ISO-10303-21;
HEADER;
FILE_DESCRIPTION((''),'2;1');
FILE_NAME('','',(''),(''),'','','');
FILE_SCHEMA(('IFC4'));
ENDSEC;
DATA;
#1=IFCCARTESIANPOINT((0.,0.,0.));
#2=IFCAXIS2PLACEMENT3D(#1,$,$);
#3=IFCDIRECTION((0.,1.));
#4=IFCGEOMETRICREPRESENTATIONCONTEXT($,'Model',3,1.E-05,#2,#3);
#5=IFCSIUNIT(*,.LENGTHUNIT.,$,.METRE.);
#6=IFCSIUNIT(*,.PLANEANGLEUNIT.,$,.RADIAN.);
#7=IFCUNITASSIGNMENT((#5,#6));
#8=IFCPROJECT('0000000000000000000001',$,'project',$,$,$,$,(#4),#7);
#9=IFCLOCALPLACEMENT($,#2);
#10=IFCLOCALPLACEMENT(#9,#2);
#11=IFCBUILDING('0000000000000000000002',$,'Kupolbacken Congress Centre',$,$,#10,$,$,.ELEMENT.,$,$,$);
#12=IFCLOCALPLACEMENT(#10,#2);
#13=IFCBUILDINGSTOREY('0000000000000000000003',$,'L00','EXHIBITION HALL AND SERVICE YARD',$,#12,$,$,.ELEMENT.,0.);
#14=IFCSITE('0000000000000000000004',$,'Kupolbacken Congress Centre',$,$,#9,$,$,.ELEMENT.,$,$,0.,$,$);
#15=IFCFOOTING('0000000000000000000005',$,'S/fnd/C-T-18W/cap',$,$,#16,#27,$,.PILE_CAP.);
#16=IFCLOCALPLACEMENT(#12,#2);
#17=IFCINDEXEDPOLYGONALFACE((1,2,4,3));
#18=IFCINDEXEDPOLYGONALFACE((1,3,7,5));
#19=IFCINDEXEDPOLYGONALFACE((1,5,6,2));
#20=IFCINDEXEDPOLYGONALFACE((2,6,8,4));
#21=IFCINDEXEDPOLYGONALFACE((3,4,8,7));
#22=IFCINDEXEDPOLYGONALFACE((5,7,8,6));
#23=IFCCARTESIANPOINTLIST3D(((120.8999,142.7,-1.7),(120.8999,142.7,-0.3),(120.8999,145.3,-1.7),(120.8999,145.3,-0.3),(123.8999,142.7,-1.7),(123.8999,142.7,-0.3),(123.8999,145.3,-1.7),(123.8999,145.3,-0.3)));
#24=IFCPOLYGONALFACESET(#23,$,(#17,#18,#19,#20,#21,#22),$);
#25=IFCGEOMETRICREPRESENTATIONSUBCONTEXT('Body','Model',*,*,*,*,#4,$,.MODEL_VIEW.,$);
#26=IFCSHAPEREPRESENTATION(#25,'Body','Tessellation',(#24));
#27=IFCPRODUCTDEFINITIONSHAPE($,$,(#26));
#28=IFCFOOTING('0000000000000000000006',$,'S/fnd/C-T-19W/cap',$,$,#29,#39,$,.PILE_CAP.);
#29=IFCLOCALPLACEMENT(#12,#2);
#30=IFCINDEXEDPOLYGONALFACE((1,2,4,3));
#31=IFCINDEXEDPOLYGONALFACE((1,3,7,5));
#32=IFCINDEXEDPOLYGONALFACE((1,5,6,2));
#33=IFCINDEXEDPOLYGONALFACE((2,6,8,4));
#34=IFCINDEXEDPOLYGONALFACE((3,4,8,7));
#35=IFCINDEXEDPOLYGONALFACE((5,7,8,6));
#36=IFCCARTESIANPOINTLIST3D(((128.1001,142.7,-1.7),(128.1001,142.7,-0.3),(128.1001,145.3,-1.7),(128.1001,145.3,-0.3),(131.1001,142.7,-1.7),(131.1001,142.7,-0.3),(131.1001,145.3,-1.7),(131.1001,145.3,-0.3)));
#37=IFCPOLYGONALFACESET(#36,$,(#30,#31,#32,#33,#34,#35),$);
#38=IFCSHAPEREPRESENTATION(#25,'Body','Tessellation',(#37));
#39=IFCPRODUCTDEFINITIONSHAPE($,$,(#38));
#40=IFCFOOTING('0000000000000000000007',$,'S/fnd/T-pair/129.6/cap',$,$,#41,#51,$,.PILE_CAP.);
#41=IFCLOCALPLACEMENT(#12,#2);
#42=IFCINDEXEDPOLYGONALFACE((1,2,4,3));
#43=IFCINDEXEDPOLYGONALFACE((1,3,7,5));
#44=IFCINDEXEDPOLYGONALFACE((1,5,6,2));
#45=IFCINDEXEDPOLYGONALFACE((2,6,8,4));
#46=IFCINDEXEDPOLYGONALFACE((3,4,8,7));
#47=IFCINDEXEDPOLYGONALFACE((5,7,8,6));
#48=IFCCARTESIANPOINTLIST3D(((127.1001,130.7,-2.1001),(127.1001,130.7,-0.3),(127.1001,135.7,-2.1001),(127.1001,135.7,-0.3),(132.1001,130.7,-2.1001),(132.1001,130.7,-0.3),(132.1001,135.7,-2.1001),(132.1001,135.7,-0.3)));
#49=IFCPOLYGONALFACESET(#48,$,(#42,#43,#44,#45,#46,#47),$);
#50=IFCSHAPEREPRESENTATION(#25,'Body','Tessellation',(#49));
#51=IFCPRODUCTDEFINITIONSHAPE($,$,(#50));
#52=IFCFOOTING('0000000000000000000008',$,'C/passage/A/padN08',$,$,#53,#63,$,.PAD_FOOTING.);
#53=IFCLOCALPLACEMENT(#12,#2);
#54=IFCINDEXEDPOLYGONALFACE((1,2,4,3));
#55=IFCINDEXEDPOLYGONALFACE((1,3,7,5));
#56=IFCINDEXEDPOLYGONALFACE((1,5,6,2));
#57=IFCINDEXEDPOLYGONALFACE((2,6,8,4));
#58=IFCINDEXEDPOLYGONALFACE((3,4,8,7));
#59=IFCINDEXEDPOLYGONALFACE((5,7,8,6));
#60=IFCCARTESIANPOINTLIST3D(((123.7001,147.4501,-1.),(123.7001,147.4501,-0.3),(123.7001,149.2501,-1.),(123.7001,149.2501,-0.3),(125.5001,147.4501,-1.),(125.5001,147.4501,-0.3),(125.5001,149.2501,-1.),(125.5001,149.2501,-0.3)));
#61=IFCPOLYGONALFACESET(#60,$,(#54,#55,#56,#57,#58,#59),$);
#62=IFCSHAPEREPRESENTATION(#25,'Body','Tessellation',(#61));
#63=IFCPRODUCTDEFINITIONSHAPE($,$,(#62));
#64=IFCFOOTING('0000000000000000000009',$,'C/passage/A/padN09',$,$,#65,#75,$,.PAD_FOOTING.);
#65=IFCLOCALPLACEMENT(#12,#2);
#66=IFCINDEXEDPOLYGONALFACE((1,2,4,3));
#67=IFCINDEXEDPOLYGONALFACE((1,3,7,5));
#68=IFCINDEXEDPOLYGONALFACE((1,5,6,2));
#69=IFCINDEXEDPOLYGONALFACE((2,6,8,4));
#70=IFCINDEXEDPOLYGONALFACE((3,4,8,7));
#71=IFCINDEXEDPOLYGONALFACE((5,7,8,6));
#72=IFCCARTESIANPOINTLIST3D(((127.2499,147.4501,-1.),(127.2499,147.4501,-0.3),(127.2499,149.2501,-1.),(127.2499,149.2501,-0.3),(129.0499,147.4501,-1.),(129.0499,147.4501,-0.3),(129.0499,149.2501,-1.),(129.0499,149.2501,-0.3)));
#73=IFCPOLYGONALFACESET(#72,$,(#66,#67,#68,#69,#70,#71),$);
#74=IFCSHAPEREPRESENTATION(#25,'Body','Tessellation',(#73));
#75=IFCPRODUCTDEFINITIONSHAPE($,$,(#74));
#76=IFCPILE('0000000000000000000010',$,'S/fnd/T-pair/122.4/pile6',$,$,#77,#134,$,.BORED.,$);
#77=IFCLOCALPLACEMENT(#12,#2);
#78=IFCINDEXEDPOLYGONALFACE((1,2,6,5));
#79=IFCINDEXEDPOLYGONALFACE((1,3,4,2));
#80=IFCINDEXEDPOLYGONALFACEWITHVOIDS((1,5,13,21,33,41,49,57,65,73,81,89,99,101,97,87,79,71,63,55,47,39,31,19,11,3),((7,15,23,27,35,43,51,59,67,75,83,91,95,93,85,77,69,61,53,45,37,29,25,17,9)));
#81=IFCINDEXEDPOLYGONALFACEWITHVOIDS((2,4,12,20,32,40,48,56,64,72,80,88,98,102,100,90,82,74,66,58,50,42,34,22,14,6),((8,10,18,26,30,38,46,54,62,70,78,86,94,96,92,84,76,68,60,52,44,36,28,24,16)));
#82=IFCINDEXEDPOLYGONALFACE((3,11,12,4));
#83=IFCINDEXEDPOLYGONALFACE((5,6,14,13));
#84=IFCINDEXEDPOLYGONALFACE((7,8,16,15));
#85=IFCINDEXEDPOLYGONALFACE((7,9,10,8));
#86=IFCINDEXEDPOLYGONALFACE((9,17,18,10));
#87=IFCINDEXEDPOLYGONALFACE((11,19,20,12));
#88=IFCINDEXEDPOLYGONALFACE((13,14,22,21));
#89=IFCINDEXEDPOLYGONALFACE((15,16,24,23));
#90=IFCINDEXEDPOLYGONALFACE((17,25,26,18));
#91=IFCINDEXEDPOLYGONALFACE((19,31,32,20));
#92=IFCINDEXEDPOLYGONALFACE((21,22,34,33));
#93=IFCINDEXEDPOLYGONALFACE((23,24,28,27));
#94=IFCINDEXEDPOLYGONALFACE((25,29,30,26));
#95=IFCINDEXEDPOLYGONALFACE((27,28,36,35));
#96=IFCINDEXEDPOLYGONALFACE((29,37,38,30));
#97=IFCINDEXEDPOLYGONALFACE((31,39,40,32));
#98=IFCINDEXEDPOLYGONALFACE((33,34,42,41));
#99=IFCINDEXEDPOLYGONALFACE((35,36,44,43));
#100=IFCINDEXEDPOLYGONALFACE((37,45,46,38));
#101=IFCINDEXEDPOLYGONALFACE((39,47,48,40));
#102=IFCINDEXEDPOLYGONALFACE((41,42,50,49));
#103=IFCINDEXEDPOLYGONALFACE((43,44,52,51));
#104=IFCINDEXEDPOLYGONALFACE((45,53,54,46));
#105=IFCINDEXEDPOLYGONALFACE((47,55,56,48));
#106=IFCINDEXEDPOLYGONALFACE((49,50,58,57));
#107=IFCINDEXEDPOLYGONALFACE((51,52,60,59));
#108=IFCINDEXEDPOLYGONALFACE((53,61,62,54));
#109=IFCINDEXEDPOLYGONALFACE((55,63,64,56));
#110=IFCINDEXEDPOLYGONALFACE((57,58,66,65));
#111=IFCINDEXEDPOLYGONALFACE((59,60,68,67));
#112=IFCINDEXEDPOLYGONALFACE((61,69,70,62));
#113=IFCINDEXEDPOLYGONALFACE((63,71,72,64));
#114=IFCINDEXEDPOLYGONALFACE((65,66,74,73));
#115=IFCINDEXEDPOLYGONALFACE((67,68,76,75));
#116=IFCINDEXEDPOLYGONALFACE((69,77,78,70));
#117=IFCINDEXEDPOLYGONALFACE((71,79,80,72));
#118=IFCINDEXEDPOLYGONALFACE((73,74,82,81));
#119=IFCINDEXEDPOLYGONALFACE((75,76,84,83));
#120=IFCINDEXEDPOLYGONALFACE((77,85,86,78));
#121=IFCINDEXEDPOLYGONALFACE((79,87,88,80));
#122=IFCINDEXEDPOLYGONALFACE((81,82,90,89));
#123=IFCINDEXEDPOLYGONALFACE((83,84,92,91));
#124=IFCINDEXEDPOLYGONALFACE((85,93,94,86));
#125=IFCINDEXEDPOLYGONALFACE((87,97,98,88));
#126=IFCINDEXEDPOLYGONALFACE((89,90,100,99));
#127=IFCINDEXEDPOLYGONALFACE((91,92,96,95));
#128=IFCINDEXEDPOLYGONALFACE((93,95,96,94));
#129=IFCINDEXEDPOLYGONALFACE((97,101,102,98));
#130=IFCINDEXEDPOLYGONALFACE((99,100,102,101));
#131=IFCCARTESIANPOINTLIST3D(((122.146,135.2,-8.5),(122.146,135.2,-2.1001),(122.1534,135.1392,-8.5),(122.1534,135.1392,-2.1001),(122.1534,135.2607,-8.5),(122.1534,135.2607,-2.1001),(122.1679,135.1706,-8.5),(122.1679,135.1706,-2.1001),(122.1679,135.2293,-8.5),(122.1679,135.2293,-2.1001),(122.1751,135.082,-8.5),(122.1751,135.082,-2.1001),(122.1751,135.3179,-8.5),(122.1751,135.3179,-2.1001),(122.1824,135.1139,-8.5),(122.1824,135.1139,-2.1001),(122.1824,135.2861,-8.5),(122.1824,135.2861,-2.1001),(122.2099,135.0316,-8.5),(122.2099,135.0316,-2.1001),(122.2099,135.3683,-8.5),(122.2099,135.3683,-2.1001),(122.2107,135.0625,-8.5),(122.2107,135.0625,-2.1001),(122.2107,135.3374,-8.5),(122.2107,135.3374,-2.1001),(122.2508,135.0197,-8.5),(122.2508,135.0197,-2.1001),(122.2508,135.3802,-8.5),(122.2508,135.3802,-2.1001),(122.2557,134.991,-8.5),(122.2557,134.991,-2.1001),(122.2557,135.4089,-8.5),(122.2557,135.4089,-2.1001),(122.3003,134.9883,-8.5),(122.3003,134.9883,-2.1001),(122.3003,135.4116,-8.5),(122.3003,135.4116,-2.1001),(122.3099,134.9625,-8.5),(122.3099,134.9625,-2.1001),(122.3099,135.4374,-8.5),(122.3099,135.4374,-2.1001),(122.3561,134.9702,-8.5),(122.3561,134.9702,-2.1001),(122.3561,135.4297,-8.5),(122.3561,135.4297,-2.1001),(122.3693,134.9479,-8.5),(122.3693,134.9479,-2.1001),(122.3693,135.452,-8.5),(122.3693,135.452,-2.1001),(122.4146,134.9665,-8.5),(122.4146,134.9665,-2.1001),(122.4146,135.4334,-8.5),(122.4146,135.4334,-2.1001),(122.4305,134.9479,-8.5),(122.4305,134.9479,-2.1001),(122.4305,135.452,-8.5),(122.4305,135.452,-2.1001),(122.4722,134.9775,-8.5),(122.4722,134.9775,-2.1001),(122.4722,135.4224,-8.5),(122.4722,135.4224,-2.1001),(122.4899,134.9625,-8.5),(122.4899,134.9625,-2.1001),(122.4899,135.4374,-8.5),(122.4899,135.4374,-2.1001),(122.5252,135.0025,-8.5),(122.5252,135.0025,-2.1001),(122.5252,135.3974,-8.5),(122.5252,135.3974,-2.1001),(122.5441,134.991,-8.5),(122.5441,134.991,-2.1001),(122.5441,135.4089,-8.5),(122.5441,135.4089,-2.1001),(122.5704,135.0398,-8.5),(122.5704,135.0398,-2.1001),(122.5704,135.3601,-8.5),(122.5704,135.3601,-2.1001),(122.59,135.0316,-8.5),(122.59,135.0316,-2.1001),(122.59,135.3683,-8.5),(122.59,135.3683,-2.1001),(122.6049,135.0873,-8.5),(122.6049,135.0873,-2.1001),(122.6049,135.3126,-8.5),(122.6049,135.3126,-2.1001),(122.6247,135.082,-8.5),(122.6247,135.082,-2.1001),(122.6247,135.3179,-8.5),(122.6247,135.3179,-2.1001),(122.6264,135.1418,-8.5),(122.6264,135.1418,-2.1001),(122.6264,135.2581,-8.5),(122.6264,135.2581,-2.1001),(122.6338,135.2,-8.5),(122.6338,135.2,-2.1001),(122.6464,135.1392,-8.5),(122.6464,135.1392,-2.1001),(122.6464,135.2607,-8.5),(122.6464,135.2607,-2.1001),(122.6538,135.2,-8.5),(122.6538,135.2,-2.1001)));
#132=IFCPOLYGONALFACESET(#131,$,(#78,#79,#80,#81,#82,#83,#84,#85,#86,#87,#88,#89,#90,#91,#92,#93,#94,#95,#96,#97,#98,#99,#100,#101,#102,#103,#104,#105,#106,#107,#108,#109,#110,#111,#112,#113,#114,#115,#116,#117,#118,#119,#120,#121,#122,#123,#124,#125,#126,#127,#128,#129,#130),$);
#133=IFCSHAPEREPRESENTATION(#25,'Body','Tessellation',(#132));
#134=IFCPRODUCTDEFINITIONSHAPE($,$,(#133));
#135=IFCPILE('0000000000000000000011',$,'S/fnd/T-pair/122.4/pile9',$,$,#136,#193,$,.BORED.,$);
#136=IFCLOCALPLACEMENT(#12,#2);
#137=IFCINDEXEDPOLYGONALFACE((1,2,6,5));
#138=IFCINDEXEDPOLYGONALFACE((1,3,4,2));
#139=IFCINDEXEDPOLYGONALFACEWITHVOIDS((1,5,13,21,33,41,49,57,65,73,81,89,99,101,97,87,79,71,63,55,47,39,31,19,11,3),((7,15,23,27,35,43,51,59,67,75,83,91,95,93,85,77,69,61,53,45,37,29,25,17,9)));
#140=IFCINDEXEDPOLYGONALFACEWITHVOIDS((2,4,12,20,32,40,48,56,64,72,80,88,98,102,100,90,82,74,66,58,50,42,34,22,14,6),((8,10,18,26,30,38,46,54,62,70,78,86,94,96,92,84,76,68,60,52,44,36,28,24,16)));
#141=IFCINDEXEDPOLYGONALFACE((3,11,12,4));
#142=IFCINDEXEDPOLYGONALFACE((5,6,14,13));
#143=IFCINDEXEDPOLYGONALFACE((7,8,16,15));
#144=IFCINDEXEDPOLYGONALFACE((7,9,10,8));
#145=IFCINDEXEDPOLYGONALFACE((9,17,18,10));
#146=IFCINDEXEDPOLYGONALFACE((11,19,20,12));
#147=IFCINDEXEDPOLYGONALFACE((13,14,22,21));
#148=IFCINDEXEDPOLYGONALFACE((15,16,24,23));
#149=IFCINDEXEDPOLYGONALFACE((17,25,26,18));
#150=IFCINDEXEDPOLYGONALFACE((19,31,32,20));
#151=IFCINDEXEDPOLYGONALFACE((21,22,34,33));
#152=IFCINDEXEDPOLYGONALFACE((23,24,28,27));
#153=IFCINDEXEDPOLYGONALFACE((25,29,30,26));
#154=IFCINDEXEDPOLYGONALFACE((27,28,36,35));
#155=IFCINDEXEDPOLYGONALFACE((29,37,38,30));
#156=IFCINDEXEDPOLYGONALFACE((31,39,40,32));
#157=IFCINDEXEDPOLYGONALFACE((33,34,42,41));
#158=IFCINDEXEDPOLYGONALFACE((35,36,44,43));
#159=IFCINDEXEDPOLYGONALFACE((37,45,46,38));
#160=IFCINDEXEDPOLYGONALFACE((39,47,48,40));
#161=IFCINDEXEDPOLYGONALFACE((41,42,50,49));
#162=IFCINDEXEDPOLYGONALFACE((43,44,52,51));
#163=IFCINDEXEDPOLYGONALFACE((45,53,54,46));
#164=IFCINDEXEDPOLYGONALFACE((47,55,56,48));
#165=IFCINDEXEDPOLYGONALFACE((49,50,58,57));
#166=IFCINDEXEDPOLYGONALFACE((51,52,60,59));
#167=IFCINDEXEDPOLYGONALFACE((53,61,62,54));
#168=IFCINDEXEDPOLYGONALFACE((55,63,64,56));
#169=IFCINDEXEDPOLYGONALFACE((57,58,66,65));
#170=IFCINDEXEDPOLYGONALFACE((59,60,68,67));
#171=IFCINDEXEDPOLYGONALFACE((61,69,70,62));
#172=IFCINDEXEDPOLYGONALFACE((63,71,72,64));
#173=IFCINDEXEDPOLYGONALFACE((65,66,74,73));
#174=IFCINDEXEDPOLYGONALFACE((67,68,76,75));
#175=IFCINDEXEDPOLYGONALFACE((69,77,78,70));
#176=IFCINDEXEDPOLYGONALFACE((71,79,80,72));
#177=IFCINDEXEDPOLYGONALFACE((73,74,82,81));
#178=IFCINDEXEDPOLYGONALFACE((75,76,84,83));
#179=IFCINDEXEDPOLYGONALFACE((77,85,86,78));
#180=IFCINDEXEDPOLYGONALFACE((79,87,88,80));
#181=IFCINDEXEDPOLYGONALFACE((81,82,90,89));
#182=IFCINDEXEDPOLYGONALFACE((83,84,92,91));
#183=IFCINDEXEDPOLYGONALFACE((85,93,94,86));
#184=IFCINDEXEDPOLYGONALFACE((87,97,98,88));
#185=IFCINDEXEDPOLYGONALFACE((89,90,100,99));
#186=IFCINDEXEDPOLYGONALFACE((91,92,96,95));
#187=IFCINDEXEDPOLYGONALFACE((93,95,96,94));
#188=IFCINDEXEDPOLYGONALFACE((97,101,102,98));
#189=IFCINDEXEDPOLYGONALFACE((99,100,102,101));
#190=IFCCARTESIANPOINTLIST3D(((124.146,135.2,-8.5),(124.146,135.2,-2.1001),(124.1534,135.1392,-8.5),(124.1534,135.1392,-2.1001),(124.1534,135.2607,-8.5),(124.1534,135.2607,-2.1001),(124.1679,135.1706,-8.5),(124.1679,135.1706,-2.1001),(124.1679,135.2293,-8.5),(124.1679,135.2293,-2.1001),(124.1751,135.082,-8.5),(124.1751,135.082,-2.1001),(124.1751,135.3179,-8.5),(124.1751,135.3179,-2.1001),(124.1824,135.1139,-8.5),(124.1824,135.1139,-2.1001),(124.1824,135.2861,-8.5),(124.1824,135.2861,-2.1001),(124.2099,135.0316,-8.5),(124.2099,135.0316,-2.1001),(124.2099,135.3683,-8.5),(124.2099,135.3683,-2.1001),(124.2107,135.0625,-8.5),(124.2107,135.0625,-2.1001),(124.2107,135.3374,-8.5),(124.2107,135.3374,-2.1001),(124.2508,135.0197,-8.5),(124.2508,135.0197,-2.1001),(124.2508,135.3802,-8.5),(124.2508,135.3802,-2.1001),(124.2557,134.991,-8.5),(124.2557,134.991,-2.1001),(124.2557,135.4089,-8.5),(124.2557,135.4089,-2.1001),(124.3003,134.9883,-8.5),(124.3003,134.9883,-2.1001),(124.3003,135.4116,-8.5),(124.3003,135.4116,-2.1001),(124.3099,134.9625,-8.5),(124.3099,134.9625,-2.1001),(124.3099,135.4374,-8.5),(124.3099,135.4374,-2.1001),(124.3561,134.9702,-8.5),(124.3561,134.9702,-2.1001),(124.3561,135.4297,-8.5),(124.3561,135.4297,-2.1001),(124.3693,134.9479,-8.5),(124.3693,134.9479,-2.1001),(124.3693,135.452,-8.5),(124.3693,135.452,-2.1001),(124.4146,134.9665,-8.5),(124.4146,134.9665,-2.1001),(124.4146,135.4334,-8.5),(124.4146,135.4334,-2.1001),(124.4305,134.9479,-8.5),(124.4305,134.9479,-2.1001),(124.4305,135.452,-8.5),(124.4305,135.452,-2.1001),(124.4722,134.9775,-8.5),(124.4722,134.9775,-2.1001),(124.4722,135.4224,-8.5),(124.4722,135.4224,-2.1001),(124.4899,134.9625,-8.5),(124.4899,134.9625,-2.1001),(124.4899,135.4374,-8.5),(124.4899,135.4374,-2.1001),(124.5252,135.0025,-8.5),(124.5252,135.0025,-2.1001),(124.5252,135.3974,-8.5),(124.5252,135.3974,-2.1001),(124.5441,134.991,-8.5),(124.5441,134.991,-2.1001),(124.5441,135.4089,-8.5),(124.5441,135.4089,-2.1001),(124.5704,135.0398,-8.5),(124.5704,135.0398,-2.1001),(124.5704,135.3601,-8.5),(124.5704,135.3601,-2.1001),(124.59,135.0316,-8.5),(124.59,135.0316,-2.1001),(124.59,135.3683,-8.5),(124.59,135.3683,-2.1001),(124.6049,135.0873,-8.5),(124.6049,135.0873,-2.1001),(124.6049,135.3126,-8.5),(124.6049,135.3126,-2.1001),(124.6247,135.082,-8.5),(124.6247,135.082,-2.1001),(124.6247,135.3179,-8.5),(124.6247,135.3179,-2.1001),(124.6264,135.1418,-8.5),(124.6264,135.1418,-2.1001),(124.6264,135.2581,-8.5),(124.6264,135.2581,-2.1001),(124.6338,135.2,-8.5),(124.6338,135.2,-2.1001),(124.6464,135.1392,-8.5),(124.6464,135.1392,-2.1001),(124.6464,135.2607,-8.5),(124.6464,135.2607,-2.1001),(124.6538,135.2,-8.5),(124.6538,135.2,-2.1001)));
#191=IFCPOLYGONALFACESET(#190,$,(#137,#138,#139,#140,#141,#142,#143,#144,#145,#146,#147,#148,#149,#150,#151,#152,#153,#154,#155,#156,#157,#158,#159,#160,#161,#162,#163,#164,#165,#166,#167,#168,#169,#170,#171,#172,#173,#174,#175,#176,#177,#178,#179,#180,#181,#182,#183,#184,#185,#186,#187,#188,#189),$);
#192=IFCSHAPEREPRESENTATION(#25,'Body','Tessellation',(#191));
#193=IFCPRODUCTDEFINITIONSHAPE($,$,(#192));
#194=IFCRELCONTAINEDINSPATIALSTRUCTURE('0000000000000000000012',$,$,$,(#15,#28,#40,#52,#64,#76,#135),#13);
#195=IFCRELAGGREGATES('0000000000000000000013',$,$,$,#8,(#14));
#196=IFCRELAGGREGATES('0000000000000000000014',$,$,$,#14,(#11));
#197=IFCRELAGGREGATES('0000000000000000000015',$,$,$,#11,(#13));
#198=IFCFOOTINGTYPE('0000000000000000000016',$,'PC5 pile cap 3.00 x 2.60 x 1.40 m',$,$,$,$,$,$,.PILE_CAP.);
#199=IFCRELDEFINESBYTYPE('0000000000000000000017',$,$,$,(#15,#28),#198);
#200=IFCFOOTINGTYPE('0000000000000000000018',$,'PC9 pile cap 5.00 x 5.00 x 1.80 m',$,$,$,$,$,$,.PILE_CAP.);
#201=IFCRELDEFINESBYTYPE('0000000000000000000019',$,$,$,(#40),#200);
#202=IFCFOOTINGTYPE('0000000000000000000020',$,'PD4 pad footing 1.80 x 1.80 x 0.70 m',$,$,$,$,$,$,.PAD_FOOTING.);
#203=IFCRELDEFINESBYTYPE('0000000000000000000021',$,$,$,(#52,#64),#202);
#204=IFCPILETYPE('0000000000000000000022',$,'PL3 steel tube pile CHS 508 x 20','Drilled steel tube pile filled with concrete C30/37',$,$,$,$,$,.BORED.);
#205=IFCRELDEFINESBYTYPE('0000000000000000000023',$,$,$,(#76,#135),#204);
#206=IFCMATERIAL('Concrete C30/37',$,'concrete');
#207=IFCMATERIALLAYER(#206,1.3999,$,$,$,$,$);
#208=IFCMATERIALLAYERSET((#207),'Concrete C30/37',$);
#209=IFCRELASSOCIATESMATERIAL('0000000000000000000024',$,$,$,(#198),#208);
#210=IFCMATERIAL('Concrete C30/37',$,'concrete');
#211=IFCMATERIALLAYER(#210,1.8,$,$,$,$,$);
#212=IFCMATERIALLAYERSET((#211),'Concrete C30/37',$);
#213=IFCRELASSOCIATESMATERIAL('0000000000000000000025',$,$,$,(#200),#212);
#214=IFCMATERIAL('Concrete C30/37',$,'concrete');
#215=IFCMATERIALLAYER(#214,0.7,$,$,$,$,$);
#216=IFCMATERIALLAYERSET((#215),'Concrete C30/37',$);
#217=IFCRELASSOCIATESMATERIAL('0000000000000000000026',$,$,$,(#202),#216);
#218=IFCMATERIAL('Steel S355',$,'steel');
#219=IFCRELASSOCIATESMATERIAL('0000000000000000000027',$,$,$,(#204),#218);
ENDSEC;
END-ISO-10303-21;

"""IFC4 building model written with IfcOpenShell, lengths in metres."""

from ifc_helpers import new_model, si_unit, direction, frame, origin, origin_2d, place, context, subcontext, project, spatial, rectangle, hollow_circle, extrude, material, layer, layer_set, material_profile, profile_set, type_object, element, save


model = new_model("IFC4")

# Units and contexts
model_context = context("Model", 3, precision=1e-05, world=origin(), true_north=direction((0.0, 1.0)))
body_context = subcontext(model_context, "Body", "Model", "MODEL_VIEW")
ifc_project = project(units=[si_unit("LENGTHUNIT", "METRE"), si_unit("PLANEANGLEUNIT", "RADIAN")], contexts=[model_context])

# Site, building, storey
site_placement = place(None, origin())
site = spatial("IfcSite", under=ifc_project, at=site_placement, Name="Kupolbacken Congress Centre", CompositionType="ELEMENT", RefElevation=0.0)
building_placement = place(site_placement, origin())
building = spatial("IfcBuilding", under=site, at=building_placement, Name="Kupolbacken Congress Centre", CompositionType="ELEMENT")
storey_placement = place(building_placement, origin())
storey = spatial("IfcBuildingStorey", under=building, at=storey_placement, Name="L00", Description="EXHIBITION HALL AND SERVICE YARD", CompositionType="ELEMENT", Elevation=0.0)

# Footings
ifc_material_1 = material(Name="Concrete C30/37", Category="concrete")
ifc_layer_1 = layer(ifc_material_1, 1.3999)
ifc_layer_set_1 = layer_set([ifc_layer_1], Name="Concrete C30/37")
footing_type_1 = type_object("IfcFootingType", Name="PC5 pile cap 3.00 x 2.60 x 1.40 m", PredefinedType="PILE_CAP", material=ifc_layer_set_1)
for number, where, z_axis, x_axis, name in (
    (1, (122.3999, 144.0, -1.7), (0.0, 0.0, 1.0), (1.0, 0.0, 0.0), "S/fnd/C-T-18W/cap"),
    (2, (129.6001, 144.0, -1.7), (0.0, 0.0, 1.0), (1.0, 0.0, 0.0), "S/fnd/C-T-19W/cap"),
):
    element("IfcFooting", number, at=place(storey_placement, frame(where, z_axis=z_axis, x_axis=x_axis)), inside=storey, type_object=footing_type_1, Name=name, PredefinedType="PILE_CAP", context=body_context, shape_type="SweptSolid", body=[
        extrude(rectangle(XDim=3.0, YDim=2.6001, at=origin_2d()), origin(), (0.0, 0.0, 1.0), 1.3999),
    ])
ifc_material_2 = material(Name="Concrete C30/37", Category="concrete")
ifc_layer_2 = layer(ifc_material_2, 1.8)
ifc_layer_set_2 = layer_set([ifc_layer_2], Name="Concrete C30/37")
footing_type_2 = type_object("IfcFootingType", Name="PC9 pile cap 5.00 x 5.00 x 1.80 m", PredefinedType="PILE_CAP", material=ifc_layer_set_2)
footing_placement = place(storey_placement, frame((129.6001, 133.2, -2.1001), z_axis=(0.0, 0.0, 1.0), x_axis=(1.0, 0.0, 0.0)))
element("IfcFooting", 3, at=footing_placement, inside=storey, type_object=footing_type_2, Name="S/fnd/T-pair/129.6/cap", PredefinedType="PILE_CAP", context=body_context, shape_type="SweptSolid", body=[
    extrude(rectangle(XDim=5.0, YDim=5.0, at=origin_2d()), origin(), (0.0, 0.0, 1.0), 1.8),
])
ifc_material_3 = material(Name="Concrete C30/37", Category="concrete")
ifc_layer_3 = layer(ifc_material_3, 0.7)
ifc_layer_set_3 = layer_set([ifc_layer_3], Name="Concrete C30/37")
footing_type_3 = type_object("IfcFootingType", Name="PD4 pad footing 1.80 x 1.80 x 0.70 m", PredefinedType="PAD_FOOTING", material=ifc_layer_set_3)
for number, where, z_axis, x_axis, name in (
    (4, (124.6001, 148.3501, -1.0), (0.0, 0.0, 1.0), (1.0, 0.0, 0.0), "C/passage/A/padN08"),
    (5, (128.1499, 148.3501, -1.0), (0.0, 0.0, 1.0), (1.0, 0.0, 0.0), "C/passage/A/padN09"),
):
    element("IfcFooting", number, at=place(storey_placement, frame(where, z_axis=z_axis, x_axis=x_axis)), inside=storey, type_object=footing_type_3, Name=name, PredefinedType="PAD_FOOTING", context=body_context, shape_type="SweptSolid", body=[
        extrude(rectangle(XDim=1.8, YDim=1.8, at=origin_2d()), origin(), (0.0, 0.0, 1.0), 0.7),
    ])

# Piles
ifc_material_4 = material(Name="Steel S355", Category="steel")
ifc_material_profile_1 = material_profile(ifc_material_4, hollow_circle(Radius=0.2539, WallThickness=0.02, at=origin_2d()), Name="CHS 508 x 20")
ifc_profile_set_1 = profile_set([ifc_material_profile_1], Name="Steel S355")
pile_type = type_object("IfcPileType", Name="PL3 steel tube pile CHS 508 x 20", Description="Drilled steel tube pile filled with concrete C30/37", PredefinedType="BORED", material=ifc_profile_set_1)
for number, where, z_axis, x_axis, name in (
    (6, (122.3999, 135.2, -2.1001), (0.0, 0.0, -1.0), (1.0, 0.0, 0.0), "S/fnd/T-pair/122.4/pile6"),
    (7, (124.3999, 135.2, -2.1001), (0.0, 0.0, -1.0), (1.0, 0.0, 0.0), "S/fnd/T-pair/122.4/pile9"),
):
    element("IfcPile", number, at=place(storey_placement, frame(where, z_axis=z_axis, x_axis=x_axis)), inside=storey, type_object=pile_type, Name=name, PredefinedType="BORED", context=body_context, shape_type="SweptSolid", body=[
        extrude(hollow_circle(Radius=0.2539, WallThickness=0.02, at=origin_2d()), origin(), (0.0, 0.0, 1.0), 6.3999),
    ])

save(model, "model.ifc")
